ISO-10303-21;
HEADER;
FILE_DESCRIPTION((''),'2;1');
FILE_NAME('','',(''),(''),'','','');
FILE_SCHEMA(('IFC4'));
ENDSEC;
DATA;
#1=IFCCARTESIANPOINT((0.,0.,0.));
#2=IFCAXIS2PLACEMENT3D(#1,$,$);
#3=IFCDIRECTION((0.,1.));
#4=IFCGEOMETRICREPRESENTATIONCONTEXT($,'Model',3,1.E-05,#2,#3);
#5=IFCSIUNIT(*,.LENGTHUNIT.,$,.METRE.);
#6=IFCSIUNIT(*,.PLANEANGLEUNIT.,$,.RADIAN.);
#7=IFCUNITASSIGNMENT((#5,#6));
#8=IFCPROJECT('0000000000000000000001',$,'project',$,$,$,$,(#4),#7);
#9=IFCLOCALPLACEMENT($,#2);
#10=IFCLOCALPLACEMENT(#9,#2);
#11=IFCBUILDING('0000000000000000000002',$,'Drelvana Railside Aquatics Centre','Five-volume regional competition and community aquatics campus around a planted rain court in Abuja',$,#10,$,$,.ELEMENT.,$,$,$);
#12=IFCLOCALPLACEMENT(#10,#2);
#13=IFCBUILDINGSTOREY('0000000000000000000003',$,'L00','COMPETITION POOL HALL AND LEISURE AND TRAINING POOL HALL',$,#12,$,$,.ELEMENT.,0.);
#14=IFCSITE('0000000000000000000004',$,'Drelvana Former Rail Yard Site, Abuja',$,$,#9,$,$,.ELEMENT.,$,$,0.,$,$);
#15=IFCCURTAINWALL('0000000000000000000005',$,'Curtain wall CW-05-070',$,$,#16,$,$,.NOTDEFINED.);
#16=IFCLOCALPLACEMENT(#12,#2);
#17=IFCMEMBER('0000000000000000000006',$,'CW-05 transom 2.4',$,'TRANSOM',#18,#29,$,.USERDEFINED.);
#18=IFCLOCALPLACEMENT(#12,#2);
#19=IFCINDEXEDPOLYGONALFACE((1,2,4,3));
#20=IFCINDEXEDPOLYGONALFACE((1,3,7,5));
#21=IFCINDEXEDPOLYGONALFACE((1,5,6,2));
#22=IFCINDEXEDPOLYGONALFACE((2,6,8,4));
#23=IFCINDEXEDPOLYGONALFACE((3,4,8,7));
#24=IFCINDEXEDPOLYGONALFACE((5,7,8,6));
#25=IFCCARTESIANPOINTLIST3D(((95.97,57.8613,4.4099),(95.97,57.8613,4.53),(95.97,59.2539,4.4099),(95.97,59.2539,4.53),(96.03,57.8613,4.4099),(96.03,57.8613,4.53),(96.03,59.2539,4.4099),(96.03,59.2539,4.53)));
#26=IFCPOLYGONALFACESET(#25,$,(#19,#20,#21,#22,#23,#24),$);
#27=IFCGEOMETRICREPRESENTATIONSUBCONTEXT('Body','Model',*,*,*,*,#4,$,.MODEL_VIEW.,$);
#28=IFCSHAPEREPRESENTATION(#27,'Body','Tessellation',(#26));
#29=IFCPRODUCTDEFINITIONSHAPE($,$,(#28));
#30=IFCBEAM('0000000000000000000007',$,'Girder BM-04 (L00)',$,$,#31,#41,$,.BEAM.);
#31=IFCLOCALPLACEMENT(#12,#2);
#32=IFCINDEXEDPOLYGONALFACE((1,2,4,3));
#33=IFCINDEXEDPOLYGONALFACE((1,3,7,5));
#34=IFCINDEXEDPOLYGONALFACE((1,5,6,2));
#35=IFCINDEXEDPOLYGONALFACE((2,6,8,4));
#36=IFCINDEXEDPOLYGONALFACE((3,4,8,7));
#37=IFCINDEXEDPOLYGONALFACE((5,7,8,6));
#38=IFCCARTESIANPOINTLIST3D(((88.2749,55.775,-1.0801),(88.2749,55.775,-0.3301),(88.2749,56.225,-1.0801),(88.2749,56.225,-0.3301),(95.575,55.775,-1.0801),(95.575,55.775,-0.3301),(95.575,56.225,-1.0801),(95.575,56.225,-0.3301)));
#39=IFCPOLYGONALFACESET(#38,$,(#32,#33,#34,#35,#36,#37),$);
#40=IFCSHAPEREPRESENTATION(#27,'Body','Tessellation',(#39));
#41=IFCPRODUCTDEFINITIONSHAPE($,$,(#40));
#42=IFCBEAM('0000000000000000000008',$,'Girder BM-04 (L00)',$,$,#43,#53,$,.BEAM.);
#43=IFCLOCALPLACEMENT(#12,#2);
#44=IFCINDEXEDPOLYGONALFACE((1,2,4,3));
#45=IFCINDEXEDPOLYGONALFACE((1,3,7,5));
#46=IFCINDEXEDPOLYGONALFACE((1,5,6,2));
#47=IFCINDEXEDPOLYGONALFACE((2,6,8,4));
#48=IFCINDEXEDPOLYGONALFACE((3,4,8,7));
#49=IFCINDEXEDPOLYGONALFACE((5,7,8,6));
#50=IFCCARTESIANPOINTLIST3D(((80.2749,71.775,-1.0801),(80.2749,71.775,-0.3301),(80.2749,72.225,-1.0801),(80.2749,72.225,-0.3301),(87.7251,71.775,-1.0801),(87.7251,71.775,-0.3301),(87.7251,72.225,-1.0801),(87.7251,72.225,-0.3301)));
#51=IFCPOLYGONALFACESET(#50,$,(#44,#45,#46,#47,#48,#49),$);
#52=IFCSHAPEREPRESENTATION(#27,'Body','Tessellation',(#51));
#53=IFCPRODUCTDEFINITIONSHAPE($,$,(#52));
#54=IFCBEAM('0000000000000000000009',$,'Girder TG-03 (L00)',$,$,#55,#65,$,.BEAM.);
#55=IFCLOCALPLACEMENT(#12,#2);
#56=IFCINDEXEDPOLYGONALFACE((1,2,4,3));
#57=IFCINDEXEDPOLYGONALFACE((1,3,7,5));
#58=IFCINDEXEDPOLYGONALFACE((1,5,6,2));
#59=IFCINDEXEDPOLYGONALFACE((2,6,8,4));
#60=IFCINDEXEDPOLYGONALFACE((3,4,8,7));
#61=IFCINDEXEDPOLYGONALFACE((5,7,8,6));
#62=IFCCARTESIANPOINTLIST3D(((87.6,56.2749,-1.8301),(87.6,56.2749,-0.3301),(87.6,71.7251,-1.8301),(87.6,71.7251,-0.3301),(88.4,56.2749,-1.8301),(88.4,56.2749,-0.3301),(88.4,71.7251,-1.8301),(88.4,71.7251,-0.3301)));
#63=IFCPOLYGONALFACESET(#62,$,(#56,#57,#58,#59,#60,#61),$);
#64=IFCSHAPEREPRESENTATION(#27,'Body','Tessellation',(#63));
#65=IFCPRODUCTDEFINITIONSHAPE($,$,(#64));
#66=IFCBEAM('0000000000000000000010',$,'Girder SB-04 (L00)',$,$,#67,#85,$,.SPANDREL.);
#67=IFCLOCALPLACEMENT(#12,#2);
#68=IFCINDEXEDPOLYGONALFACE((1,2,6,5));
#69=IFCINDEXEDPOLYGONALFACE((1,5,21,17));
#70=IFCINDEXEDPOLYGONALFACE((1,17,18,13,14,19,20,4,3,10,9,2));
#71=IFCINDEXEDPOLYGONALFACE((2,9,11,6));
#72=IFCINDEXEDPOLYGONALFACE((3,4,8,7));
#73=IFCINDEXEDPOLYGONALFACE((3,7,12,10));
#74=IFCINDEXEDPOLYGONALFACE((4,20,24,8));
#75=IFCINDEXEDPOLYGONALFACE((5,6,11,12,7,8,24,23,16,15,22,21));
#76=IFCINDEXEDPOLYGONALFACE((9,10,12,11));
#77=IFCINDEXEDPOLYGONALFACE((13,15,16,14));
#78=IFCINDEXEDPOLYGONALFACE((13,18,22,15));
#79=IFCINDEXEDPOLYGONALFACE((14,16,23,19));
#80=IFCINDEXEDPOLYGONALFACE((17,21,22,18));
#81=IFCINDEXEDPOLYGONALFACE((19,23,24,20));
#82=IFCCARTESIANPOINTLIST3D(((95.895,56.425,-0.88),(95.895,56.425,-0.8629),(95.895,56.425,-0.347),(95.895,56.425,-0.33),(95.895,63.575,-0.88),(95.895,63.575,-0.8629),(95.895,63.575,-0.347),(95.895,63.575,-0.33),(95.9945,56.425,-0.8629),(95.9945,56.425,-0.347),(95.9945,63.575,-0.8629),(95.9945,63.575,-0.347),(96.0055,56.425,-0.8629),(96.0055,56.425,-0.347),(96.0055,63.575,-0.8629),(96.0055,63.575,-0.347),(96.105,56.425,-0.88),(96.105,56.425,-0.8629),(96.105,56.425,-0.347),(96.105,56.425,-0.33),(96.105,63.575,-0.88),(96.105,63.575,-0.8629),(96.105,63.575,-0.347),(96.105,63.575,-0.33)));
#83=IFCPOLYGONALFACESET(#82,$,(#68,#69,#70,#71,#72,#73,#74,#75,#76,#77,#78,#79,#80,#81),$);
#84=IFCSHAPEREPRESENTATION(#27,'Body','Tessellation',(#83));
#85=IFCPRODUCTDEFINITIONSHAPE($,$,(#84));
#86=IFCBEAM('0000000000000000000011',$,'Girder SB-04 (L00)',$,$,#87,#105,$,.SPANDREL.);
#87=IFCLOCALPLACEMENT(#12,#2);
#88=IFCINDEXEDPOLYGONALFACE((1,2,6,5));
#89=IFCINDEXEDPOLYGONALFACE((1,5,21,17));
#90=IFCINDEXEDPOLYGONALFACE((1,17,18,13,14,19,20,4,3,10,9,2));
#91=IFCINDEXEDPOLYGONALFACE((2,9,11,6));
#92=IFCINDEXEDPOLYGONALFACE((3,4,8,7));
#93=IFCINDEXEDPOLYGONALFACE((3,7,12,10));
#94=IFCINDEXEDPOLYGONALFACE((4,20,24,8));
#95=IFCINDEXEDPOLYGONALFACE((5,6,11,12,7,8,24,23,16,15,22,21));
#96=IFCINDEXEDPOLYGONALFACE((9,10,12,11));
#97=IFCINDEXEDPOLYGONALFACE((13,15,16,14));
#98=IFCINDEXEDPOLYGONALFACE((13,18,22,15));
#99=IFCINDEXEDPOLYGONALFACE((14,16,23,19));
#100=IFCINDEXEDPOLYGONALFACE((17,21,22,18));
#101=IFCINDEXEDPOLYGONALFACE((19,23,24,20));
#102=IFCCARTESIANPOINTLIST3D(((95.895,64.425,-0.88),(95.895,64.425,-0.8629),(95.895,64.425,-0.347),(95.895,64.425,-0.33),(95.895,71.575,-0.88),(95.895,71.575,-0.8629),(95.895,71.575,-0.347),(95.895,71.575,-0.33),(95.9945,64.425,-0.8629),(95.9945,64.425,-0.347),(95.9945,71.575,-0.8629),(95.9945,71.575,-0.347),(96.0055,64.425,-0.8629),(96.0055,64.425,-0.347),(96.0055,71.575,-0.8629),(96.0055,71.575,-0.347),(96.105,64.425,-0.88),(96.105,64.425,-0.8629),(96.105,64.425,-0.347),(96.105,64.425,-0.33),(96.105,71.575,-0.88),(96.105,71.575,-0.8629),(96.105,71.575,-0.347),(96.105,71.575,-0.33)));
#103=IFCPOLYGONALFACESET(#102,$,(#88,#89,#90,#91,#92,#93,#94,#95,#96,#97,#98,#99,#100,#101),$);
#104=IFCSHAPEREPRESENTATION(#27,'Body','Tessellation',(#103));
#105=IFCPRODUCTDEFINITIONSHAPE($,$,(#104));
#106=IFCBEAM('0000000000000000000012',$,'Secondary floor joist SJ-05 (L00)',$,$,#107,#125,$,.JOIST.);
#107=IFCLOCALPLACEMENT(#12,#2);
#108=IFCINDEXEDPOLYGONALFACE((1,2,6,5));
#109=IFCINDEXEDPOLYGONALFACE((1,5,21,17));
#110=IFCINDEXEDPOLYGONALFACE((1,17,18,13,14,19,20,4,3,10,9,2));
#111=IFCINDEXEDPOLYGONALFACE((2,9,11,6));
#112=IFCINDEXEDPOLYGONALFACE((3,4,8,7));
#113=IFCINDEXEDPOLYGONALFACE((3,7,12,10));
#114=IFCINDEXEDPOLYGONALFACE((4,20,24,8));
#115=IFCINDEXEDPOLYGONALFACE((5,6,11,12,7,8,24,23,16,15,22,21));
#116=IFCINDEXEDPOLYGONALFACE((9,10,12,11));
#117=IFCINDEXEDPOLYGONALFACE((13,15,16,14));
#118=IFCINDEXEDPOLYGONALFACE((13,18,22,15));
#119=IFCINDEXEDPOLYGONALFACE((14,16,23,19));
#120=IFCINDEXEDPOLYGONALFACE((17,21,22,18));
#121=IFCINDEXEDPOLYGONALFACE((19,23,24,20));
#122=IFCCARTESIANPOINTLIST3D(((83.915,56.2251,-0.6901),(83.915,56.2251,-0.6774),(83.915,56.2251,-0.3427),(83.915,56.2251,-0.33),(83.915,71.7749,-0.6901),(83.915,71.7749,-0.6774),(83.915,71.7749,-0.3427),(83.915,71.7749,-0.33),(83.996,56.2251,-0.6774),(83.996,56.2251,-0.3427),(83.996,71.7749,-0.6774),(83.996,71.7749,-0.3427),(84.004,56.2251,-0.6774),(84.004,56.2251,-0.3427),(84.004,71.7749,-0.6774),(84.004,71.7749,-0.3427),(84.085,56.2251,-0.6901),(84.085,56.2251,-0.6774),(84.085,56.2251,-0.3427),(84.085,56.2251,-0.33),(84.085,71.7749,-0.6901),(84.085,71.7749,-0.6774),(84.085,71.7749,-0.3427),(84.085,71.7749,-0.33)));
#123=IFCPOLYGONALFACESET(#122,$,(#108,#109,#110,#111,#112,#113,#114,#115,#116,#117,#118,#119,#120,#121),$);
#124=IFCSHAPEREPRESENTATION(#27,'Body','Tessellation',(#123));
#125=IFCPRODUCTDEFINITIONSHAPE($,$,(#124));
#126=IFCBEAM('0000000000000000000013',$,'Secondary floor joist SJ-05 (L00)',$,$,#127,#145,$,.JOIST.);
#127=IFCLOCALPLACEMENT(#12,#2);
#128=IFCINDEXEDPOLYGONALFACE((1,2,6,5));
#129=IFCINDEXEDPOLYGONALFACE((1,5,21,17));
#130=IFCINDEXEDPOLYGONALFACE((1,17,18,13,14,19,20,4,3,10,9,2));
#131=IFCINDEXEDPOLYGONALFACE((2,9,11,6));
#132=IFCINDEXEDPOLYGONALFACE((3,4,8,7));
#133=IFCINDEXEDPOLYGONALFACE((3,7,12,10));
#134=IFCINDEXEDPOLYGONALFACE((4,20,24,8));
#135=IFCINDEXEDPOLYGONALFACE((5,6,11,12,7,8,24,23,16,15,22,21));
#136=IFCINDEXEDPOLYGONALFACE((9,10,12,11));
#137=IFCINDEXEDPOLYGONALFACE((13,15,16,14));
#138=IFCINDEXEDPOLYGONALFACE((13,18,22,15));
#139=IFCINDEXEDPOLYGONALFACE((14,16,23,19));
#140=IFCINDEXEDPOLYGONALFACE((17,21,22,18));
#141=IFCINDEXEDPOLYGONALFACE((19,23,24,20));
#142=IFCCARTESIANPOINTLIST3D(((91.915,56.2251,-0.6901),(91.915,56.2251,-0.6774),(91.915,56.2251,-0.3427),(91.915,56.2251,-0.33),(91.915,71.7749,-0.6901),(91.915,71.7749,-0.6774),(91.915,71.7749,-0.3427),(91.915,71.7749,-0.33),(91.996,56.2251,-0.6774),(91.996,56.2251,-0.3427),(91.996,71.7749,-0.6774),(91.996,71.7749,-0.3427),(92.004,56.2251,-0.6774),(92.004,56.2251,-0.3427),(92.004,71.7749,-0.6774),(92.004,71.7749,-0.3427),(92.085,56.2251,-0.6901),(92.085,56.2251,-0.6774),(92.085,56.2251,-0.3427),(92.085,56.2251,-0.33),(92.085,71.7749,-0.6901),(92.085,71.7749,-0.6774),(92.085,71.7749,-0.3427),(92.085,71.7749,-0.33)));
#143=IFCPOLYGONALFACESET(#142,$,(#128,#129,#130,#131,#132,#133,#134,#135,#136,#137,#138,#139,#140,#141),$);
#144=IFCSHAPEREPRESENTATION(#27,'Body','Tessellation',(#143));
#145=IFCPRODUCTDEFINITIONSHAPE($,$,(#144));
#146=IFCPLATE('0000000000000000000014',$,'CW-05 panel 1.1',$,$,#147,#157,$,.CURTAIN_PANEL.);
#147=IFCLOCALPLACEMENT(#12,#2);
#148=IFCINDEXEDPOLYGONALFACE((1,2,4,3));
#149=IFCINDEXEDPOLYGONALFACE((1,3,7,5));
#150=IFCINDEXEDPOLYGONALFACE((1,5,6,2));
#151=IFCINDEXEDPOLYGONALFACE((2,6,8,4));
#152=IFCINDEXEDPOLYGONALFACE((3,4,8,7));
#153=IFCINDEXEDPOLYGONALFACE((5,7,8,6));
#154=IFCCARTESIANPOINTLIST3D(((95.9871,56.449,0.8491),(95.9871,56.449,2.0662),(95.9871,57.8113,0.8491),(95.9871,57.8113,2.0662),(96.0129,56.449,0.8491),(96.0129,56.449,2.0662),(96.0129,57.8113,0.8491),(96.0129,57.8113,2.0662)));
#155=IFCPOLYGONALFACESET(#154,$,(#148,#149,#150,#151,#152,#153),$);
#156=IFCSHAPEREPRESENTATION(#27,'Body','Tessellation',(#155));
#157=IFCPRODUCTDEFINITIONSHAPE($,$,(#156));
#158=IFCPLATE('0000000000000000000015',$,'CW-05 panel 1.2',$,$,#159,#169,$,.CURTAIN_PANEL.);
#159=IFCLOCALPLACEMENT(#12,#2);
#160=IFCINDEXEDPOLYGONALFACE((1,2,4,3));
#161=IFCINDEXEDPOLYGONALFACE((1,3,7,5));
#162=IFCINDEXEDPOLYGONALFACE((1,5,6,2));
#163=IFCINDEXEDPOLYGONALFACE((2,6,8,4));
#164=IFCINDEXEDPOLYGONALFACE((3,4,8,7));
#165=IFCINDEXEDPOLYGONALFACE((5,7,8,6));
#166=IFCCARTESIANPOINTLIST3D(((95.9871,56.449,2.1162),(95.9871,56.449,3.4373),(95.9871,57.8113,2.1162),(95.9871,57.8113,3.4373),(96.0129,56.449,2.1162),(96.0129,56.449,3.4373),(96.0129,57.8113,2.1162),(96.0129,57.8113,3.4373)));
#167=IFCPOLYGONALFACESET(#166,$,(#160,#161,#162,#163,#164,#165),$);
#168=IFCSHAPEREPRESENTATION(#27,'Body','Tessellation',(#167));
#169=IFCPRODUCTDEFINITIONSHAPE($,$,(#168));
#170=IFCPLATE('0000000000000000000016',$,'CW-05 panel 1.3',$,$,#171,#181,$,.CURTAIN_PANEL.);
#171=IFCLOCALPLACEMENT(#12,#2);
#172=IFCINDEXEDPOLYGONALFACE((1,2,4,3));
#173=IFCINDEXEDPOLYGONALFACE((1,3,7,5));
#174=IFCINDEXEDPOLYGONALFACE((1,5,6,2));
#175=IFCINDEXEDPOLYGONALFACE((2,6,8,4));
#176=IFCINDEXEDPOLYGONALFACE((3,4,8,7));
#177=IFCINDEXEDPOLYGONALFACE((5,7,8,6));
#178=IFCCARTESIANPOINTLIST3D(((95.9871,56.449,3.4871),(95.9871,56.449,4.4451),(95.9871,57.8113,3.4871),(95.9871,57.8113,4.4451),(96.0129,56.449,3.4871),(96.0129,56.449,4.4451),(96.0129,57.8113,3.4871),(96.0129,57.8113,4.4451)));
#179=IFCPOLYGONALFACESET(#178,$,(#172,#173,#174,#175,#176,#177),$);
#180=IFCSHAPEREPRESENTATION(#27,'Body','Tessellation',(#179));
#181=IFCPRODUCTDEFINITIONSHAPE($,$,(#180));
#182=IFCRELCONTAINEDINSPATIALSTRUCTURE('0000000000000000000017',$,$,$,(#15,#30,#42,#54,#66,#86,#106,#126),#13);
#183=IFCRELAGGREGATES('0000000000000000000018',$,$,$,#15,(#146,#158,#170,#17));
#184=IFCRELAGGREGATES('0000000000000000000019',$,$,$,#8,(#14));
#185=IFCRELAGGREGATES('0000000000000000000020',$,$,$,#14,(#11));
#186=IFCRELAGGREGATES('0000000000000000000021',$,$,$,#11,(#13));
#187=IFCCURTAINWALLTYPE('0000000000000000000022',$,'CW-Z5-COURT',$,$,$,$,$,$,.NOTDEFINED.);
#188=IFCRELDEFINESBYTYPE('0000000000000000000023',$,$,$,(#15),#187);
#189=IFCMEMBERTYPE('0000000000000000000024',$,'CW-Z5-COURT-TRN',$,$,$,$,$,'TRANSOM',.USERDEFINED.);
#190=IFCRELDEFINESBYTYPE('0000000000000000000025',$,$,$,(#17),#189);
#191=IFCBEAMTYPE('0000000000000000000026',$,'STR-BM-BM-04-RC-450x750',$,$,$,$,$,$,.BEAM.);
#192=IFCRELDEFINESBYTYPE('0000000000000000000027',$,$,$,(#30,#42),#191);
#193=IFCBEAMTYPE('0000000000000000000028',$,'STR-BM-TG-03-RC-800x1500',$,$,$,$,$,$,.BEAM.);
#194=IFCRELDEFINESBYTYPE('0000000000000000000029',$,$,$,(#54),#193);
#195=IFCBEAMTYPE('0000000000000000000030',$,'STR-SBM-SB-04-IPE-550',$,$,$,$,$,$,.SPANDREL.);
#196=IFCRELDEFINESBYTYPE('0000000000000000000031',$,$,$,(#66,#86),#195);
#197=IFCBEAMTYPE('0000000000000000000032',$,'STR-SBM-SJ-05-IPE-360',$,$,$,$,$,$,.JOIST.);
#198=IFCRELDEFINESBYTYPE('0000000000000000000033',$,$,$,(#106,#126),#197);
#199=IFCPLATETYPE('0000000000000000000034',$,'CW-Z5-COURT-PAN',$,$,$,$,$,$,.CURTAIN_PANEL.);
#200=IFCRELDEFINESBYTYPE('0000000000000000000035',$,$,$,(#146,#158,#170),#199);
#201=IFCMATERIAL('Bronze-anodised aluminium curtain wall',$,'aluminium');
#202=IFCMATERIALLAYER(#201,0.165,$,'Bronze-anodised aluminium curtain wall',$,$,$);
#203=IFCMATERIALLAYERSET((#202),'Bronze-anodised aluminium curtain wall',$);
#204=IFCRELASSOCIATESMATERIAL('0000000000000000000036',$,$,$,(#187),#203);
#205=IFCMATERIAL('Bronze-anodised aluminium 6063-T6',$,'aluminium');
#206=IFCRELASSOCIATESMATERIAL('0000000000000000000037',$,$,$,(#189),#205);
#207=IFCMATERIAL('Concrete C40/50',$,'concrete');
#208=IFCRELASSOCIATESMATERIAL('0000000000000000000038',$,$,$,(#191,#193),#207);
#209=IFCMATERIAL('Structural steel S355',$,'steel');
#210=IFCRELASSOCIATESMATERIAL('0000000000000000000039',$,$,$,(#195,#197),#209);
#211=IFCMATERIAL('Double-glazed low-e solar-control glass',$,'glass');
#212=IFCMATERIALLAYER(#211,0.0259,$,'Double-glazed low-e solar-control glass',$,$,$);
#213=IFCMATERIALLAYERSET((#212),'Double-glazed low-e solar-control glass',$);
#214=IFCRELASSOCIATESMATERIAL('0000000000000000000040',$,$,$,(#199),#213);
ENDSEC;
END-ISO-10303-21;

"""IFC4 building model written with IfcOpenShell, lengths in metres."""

from ifc_helpers import new_model, si_unit, direction, frame, origin, origin_2d, place, context, subcontext, project, spatial, rectangle, i_section, extrude, material, layer, layer_set, material_profile, profile_set, type_object, element, aggregate, save


model = new_model("IFC4")

# Units and contexts
model_context = context("Model", 3, precision=1e-05, world=origin(), true_north=direction((0.0, 1.0)))
body_context = subcontext(model_context, "Body", "Model", "MODEL_VIEW")
ifc_project = project(units=[si_unit("LENGTHUNIT", "METRE"), si_unit("PLANEANGLEUNIT", "RADIAN")], contexts=[model_context])

# Site, building, storey
site_placement = place(None, origin())
site = spatial("IfcSite", under=ifc_project, at=site_placement, Name="Drelvana Former Rail Yard Site, Abuja", CompositionType="ELEMENT", RefElevation=0.0)
building_placement = place(site_placement, origin())
building = spatial("IfcBuilding", under=site, at=building_placement, Name="Drelvana Railside Aquatics Centre", Description="Five-volume regional competition and community aquatics campus around a planted rain court in Abuja", CompositionType="ELEMENT")
storey_placement = place(building_placement, origin())
storey = spatial("IfcBuildingStorey", under=building, at=storey_placement, Name="L00", Description="COMPETITION POOL HALL AND LEISURE AND TRAINING POOL HALL", CompositionType="ELEMENT", Elevation=0.0)

# Shared definitions
ifc_material_1 = material(Name="Concrete C40/50", Category="concrete")

# Curtain wall, member
ifc_material_2 = material(Name="Bronze-anodised aluminium curtain wall", Category="aluminium")
ifc_layer_1 = layer(ifc_material_2, 0.165, Name="Bronze-anodised aluminium curtain wall")
ifc_layer_set_1 = layer_set([ifc_layer_1], Name="Bronze-anodised aluminium curtain wall")
curtain_wall_type = type_object("IfcCurtainWallType", Name="CW-Z5-COURT", PredefinedType="NOTDEFINED", material=ifc_layer_set_1)
curtain_wall_placement = place(storey_placement, origin())
curtain_wall = element("IfcCurtainWall", 1, at=curtain_wall_placement, inside=storey, type_object=curtain_wall_type, Name="Curtain wall CW-05-070", PredefinedType="NOTDEFINED")
ifc_material_3 = material(Name="Bronze-anodised aluminium 6063-T6", Category="aluminium")
ifc_material_profile_1 = material_profile(ifc_material_3, rectangle(XDim=0.1201, YDim=0.0601, at=origin_2d()), Name="ALU-T 60x120")
ifc_profile_set_1 = profile_set([ifc_material_profile_1], Name="Bronze-anodised aluminium 6063-T6")
member_type_1 = type_object("IfcMemberType", Name="CW-Z5-COURT-TRN", ElementType="TRANSOM", PredefinedType="USERDEFINED", material=ifc_profile_set_1)
member_1_placement = place(storey_placement, frame((96.0, 57.8613, 4.47), z_axis=(0.0, 1.0, 0.0), x_axis=(0.0, 0.0, 1.0)))
member_1 = element("IfcMember", 2, at=member_1_placement, type_object=member_type_1, Name="CW-05 transom 2.4", ObjectType="TRANSOM", PredefinedType="USERDEFINED", context=body_context, shape_type="SweptSolid", body=[
    extrude(rectangle(XDim=0.1201, YDim=0.0601, at=origin_2d()), origin(), (0.0, 0.0, 1.0), 1.3926),
])

# Beams
ifc_material_profile_2 = material_profile(ifc_material_1, rectangle(XDim=0.45, YDim=0.75, at=origin_2d()), Name="RC 450x750")
ifc_profile_set_2 = profile_set([ifc_material_profile_2], Name="Concrete C40/50")
beam_type_1 = type_object("IfcBeamType", Name="STR-BM-BM-04-RC-450x750", PredefinedType="BEAM", material=ifc_profile_set_2)
beam_1_placement = place(storey_placement, frame((88.2749, 56.0, -0.7051), z_axis=(1.0, 0.0, 0.0), x_axis=(0.0, 1.0, 0.0)))
element("IfcBeam", 3, at=beam_1_placement, inside=storey, type_object=beam_type_1, Name="Girder BM-04 (L00)", PredefinedType="BEAM", context=body_context, shape_type="SweptSolid", body=[
    extrude(rectangle(XDim=0.45, YDim=0.75, at=origin_2d()), origin(), (0.0, 0.0, 1.0), 7.3),
])
beam_2_placement = place(storey_placement, frame((80.2749, 72.0, -0.7051), z_axis=(1.0, 0.0, 0.0), x_axis=(0.0, 1.0, 0.0)))
element("IfcBeam", 4, at=beam_2_placement, inside=storey, type_object=beam_type_1, Name="Girder BM-04 (L00)", PredefinedType="BEAM", context=body_context, shape_type="SweptSolid", body=[
    extrude(rectangle(XDim=0.45, YDim=0.75, at=origin_2d()), origin(), (0.0, 0.0, 1.0), 7.4502),
])
ifc_material_profile_3 = material_profile(ifc_material_1, rectangle(XDim=0.8, YDim=1.5, at=origin_2d()), Name="RC 800x1500")
ifc_profile_set_3 = profile_set([ifc_material_profile_3], Name="Concrete C40/50")
beam_type_2 = type_object("IfcBeamType", Name="STR-BM-TG-03-RC-800x1500", PredefinedType="BEAM", material=ifc_profile_set_3)
beam_3_placement = place(storey_placement, frame((88.0, 56.2749, -1.0801), z_axis=(0.0, 1.0, 0.0), x_axis=(-1.0, 0.0, 0.0)))
element("IfcBeam", 5, at=beam_3_placement, inside=storey, type_object=beam_type_2, Name="Girder TG-03 (L00)", PredefinedType="BEAM", context=body_context, shape_type="SweptSolid", body=[
    extrude(rectangle(XDim=0.8, YDim=1.5, at=origin_2d()), origin(), (0.0, 0.0, 1.0), 15.4502),
])
ifc_material_4 = material(Name="Structural steel S355", Category="steel")
ifc_material_profile_4 = material_profile(ifc_material_4, i_section(OverallWidth=0.21, OverallDepth=0.55, WebThickness=0.011, FlangeThickness=0.0171, at=origin_2d()), Name="IPE 550")
ifc_profile_set_4 = profile_set([ifc_material_profile_4], Name="Structural steel S355")
beam_type_3 = type_object("IfcBeamType", Name="STR-SBM-SB-04-IPE-550", PredefinedType="SPANDREL", material=ifc_profile_set_4)
for number, where, z_axis, x_axis, name in (
    (6, (96.0, 56.425, -0.605), (0.0, 1.0, 0.0), (-1.0, 0.0, 0.0), "Girder SB-04 (L00)"),
    (7, (96.0, 64.425, -0.605), (0.0, 1.0, 0.0), (-1.0, 0.0, 0.0), "Girder SB-04 (L00)"),
):
    element("IfcBeam", number, at=place(storey_placement, frame(where, z_axis=z_axis, x_axis=x_axis)), inside=storey, type_object=beam_type_3, Name=name, PredefinedType="SPANDREL", context=body_context, shape_type="SweptSolid", body=[
        extrude(i_section(OverallWidth=0.21, OverallDepth=0.55, WebThickness=0.011, FlangeThickness=0.0171, at=origin_2d()), origin(), (0.0, 0.0, 1.0), 7.1499),
    ])
ifc_material_profile_5 = material_profile(ifc_material_4, i_section(OverallWidth=0.1699, OverallDepth=0.3601, WebThickness=0.0081, FlangeThickness=0.0127, at=origin_2d()), Name="IPE 360")
ifc_profile_set_5 = profile_set([ifc_material_profile_5], Name="Structural steel S355")
beam_type_4 = type_object("IfcBeamType", Name="STR-SBM-SJ-05-IPE-360", PredefinedType="JOIST", material=ifc_profile_set_5)
for number, where, z_axis, x_axis, name in (
    (8, (84.0, 56.2251, -0.51), (0.0, 1.0, 0.0), (-1.0, 0.0, 0.0), "Secondary floor joist SJ-05 (L00)"),
    (9, (92.0, 56.2251, -0.51), (0.0, 1.0, 0.0), (-1.0, 0.0, 0.0), "Secondary floor joist SJ-05 (L00)"),
):
    element("IfcBeam", number, at=place(storey_placement, frame(where, z_axis=z_axis, x_axis=x_axis)), inside=storey, type_object=beam_type_4, Name=name, PredefinedType="JOIST", context=body_context, shape_type="SweptSolid", body=[
        extrude(i_section(OverallWidth=0.1699, OverallDepth=0.3601, WebThickness=0.0081, FlangeThickness=0.0127, at=origin_2d()), origin(), (0.0, 0.0, 1.0), 15.5498),
    ])

# Plates
ifc_material_5 = material(Name="Double-glazed low-e solar-control glass", Category="glass")
ifc_layer_2 = layer(ifc_material_5, 0.0259, Name="Double-glazed low-e solar-control glass")
ifc_layer_set_2 = layer_set([ifc_layer_2], Name="Double-glazed low-e solar-control glass")
plate_type = type_object("IfcPlateType", Name="CW-Z5-COURT-PAN", PredefinedType="CURTAIN_PANEL", material=ifc_layer_set_2)
plate_1_placement = place(storey_placement, frame((96.0, 57.1301, 0.8491), z_axis=(0.0, 0.0, 1.0), x_axis=(0.0, 1.0, 0.0)))
plate_1 = element("IfcPlate", 10, at=plate_1_placement, type_object=plate_type, Name="CW-05 panel 1.1", PredefinedType="CURTAIN_PANEL", context=body_context, shape_type="SweptSolid", body=[
    extrude(rectangle(XDim=1.3623, YDim=0.0259, at=origin_2d()), origin(), (0.0, 0.0, 1.0), 1.217),
])
plate_2_placement = place(storey_placement, frame((96.0, 57.1301, 2.1162), z_axis=(0.0, 0.0, 1.0), x_axis=(0.0, 1.0, 0.0)))
plate_2 = element("IfcPlate", 11, at=plate_2_placement, type_object=plate_type, Name="CW-05 panel 1.2", PredefinedType="CURTAIN_PANEL", context=body_context, shape_type="SweptSolid", body=[
    extrude(rectangle(XDim=1.3623, YDim=0.0259, at=origin_2d()), origin(), (0.0, 0.0, 1.0), 1.321),
])
plate_3_placement = place(storey_placement, frame((96.0, 57.1301, 3.4871), z_axis=(0.0, 0.0, 1.0), x_axis=(0.0, 1.0, 0.0)))
plate_3 = element("IfcPlate", 12, at=plate_3_placement, type_object=plate_type, Name="CW-05 panel 1.3", PredefinedType="CURTAIN_PANEL", context=body_context, shape_type="SweptSolid", body=[
    extrude(rectangle(XDim=1.3623, YDim=0.0259, at=origin_2d()), origin(), (0.0, 0.0, 1.0), 0.958),
])
aggregate(curtain_wall, [plate_1, plate_2, plate_3, member_1])

save(model, "model.ifc")
